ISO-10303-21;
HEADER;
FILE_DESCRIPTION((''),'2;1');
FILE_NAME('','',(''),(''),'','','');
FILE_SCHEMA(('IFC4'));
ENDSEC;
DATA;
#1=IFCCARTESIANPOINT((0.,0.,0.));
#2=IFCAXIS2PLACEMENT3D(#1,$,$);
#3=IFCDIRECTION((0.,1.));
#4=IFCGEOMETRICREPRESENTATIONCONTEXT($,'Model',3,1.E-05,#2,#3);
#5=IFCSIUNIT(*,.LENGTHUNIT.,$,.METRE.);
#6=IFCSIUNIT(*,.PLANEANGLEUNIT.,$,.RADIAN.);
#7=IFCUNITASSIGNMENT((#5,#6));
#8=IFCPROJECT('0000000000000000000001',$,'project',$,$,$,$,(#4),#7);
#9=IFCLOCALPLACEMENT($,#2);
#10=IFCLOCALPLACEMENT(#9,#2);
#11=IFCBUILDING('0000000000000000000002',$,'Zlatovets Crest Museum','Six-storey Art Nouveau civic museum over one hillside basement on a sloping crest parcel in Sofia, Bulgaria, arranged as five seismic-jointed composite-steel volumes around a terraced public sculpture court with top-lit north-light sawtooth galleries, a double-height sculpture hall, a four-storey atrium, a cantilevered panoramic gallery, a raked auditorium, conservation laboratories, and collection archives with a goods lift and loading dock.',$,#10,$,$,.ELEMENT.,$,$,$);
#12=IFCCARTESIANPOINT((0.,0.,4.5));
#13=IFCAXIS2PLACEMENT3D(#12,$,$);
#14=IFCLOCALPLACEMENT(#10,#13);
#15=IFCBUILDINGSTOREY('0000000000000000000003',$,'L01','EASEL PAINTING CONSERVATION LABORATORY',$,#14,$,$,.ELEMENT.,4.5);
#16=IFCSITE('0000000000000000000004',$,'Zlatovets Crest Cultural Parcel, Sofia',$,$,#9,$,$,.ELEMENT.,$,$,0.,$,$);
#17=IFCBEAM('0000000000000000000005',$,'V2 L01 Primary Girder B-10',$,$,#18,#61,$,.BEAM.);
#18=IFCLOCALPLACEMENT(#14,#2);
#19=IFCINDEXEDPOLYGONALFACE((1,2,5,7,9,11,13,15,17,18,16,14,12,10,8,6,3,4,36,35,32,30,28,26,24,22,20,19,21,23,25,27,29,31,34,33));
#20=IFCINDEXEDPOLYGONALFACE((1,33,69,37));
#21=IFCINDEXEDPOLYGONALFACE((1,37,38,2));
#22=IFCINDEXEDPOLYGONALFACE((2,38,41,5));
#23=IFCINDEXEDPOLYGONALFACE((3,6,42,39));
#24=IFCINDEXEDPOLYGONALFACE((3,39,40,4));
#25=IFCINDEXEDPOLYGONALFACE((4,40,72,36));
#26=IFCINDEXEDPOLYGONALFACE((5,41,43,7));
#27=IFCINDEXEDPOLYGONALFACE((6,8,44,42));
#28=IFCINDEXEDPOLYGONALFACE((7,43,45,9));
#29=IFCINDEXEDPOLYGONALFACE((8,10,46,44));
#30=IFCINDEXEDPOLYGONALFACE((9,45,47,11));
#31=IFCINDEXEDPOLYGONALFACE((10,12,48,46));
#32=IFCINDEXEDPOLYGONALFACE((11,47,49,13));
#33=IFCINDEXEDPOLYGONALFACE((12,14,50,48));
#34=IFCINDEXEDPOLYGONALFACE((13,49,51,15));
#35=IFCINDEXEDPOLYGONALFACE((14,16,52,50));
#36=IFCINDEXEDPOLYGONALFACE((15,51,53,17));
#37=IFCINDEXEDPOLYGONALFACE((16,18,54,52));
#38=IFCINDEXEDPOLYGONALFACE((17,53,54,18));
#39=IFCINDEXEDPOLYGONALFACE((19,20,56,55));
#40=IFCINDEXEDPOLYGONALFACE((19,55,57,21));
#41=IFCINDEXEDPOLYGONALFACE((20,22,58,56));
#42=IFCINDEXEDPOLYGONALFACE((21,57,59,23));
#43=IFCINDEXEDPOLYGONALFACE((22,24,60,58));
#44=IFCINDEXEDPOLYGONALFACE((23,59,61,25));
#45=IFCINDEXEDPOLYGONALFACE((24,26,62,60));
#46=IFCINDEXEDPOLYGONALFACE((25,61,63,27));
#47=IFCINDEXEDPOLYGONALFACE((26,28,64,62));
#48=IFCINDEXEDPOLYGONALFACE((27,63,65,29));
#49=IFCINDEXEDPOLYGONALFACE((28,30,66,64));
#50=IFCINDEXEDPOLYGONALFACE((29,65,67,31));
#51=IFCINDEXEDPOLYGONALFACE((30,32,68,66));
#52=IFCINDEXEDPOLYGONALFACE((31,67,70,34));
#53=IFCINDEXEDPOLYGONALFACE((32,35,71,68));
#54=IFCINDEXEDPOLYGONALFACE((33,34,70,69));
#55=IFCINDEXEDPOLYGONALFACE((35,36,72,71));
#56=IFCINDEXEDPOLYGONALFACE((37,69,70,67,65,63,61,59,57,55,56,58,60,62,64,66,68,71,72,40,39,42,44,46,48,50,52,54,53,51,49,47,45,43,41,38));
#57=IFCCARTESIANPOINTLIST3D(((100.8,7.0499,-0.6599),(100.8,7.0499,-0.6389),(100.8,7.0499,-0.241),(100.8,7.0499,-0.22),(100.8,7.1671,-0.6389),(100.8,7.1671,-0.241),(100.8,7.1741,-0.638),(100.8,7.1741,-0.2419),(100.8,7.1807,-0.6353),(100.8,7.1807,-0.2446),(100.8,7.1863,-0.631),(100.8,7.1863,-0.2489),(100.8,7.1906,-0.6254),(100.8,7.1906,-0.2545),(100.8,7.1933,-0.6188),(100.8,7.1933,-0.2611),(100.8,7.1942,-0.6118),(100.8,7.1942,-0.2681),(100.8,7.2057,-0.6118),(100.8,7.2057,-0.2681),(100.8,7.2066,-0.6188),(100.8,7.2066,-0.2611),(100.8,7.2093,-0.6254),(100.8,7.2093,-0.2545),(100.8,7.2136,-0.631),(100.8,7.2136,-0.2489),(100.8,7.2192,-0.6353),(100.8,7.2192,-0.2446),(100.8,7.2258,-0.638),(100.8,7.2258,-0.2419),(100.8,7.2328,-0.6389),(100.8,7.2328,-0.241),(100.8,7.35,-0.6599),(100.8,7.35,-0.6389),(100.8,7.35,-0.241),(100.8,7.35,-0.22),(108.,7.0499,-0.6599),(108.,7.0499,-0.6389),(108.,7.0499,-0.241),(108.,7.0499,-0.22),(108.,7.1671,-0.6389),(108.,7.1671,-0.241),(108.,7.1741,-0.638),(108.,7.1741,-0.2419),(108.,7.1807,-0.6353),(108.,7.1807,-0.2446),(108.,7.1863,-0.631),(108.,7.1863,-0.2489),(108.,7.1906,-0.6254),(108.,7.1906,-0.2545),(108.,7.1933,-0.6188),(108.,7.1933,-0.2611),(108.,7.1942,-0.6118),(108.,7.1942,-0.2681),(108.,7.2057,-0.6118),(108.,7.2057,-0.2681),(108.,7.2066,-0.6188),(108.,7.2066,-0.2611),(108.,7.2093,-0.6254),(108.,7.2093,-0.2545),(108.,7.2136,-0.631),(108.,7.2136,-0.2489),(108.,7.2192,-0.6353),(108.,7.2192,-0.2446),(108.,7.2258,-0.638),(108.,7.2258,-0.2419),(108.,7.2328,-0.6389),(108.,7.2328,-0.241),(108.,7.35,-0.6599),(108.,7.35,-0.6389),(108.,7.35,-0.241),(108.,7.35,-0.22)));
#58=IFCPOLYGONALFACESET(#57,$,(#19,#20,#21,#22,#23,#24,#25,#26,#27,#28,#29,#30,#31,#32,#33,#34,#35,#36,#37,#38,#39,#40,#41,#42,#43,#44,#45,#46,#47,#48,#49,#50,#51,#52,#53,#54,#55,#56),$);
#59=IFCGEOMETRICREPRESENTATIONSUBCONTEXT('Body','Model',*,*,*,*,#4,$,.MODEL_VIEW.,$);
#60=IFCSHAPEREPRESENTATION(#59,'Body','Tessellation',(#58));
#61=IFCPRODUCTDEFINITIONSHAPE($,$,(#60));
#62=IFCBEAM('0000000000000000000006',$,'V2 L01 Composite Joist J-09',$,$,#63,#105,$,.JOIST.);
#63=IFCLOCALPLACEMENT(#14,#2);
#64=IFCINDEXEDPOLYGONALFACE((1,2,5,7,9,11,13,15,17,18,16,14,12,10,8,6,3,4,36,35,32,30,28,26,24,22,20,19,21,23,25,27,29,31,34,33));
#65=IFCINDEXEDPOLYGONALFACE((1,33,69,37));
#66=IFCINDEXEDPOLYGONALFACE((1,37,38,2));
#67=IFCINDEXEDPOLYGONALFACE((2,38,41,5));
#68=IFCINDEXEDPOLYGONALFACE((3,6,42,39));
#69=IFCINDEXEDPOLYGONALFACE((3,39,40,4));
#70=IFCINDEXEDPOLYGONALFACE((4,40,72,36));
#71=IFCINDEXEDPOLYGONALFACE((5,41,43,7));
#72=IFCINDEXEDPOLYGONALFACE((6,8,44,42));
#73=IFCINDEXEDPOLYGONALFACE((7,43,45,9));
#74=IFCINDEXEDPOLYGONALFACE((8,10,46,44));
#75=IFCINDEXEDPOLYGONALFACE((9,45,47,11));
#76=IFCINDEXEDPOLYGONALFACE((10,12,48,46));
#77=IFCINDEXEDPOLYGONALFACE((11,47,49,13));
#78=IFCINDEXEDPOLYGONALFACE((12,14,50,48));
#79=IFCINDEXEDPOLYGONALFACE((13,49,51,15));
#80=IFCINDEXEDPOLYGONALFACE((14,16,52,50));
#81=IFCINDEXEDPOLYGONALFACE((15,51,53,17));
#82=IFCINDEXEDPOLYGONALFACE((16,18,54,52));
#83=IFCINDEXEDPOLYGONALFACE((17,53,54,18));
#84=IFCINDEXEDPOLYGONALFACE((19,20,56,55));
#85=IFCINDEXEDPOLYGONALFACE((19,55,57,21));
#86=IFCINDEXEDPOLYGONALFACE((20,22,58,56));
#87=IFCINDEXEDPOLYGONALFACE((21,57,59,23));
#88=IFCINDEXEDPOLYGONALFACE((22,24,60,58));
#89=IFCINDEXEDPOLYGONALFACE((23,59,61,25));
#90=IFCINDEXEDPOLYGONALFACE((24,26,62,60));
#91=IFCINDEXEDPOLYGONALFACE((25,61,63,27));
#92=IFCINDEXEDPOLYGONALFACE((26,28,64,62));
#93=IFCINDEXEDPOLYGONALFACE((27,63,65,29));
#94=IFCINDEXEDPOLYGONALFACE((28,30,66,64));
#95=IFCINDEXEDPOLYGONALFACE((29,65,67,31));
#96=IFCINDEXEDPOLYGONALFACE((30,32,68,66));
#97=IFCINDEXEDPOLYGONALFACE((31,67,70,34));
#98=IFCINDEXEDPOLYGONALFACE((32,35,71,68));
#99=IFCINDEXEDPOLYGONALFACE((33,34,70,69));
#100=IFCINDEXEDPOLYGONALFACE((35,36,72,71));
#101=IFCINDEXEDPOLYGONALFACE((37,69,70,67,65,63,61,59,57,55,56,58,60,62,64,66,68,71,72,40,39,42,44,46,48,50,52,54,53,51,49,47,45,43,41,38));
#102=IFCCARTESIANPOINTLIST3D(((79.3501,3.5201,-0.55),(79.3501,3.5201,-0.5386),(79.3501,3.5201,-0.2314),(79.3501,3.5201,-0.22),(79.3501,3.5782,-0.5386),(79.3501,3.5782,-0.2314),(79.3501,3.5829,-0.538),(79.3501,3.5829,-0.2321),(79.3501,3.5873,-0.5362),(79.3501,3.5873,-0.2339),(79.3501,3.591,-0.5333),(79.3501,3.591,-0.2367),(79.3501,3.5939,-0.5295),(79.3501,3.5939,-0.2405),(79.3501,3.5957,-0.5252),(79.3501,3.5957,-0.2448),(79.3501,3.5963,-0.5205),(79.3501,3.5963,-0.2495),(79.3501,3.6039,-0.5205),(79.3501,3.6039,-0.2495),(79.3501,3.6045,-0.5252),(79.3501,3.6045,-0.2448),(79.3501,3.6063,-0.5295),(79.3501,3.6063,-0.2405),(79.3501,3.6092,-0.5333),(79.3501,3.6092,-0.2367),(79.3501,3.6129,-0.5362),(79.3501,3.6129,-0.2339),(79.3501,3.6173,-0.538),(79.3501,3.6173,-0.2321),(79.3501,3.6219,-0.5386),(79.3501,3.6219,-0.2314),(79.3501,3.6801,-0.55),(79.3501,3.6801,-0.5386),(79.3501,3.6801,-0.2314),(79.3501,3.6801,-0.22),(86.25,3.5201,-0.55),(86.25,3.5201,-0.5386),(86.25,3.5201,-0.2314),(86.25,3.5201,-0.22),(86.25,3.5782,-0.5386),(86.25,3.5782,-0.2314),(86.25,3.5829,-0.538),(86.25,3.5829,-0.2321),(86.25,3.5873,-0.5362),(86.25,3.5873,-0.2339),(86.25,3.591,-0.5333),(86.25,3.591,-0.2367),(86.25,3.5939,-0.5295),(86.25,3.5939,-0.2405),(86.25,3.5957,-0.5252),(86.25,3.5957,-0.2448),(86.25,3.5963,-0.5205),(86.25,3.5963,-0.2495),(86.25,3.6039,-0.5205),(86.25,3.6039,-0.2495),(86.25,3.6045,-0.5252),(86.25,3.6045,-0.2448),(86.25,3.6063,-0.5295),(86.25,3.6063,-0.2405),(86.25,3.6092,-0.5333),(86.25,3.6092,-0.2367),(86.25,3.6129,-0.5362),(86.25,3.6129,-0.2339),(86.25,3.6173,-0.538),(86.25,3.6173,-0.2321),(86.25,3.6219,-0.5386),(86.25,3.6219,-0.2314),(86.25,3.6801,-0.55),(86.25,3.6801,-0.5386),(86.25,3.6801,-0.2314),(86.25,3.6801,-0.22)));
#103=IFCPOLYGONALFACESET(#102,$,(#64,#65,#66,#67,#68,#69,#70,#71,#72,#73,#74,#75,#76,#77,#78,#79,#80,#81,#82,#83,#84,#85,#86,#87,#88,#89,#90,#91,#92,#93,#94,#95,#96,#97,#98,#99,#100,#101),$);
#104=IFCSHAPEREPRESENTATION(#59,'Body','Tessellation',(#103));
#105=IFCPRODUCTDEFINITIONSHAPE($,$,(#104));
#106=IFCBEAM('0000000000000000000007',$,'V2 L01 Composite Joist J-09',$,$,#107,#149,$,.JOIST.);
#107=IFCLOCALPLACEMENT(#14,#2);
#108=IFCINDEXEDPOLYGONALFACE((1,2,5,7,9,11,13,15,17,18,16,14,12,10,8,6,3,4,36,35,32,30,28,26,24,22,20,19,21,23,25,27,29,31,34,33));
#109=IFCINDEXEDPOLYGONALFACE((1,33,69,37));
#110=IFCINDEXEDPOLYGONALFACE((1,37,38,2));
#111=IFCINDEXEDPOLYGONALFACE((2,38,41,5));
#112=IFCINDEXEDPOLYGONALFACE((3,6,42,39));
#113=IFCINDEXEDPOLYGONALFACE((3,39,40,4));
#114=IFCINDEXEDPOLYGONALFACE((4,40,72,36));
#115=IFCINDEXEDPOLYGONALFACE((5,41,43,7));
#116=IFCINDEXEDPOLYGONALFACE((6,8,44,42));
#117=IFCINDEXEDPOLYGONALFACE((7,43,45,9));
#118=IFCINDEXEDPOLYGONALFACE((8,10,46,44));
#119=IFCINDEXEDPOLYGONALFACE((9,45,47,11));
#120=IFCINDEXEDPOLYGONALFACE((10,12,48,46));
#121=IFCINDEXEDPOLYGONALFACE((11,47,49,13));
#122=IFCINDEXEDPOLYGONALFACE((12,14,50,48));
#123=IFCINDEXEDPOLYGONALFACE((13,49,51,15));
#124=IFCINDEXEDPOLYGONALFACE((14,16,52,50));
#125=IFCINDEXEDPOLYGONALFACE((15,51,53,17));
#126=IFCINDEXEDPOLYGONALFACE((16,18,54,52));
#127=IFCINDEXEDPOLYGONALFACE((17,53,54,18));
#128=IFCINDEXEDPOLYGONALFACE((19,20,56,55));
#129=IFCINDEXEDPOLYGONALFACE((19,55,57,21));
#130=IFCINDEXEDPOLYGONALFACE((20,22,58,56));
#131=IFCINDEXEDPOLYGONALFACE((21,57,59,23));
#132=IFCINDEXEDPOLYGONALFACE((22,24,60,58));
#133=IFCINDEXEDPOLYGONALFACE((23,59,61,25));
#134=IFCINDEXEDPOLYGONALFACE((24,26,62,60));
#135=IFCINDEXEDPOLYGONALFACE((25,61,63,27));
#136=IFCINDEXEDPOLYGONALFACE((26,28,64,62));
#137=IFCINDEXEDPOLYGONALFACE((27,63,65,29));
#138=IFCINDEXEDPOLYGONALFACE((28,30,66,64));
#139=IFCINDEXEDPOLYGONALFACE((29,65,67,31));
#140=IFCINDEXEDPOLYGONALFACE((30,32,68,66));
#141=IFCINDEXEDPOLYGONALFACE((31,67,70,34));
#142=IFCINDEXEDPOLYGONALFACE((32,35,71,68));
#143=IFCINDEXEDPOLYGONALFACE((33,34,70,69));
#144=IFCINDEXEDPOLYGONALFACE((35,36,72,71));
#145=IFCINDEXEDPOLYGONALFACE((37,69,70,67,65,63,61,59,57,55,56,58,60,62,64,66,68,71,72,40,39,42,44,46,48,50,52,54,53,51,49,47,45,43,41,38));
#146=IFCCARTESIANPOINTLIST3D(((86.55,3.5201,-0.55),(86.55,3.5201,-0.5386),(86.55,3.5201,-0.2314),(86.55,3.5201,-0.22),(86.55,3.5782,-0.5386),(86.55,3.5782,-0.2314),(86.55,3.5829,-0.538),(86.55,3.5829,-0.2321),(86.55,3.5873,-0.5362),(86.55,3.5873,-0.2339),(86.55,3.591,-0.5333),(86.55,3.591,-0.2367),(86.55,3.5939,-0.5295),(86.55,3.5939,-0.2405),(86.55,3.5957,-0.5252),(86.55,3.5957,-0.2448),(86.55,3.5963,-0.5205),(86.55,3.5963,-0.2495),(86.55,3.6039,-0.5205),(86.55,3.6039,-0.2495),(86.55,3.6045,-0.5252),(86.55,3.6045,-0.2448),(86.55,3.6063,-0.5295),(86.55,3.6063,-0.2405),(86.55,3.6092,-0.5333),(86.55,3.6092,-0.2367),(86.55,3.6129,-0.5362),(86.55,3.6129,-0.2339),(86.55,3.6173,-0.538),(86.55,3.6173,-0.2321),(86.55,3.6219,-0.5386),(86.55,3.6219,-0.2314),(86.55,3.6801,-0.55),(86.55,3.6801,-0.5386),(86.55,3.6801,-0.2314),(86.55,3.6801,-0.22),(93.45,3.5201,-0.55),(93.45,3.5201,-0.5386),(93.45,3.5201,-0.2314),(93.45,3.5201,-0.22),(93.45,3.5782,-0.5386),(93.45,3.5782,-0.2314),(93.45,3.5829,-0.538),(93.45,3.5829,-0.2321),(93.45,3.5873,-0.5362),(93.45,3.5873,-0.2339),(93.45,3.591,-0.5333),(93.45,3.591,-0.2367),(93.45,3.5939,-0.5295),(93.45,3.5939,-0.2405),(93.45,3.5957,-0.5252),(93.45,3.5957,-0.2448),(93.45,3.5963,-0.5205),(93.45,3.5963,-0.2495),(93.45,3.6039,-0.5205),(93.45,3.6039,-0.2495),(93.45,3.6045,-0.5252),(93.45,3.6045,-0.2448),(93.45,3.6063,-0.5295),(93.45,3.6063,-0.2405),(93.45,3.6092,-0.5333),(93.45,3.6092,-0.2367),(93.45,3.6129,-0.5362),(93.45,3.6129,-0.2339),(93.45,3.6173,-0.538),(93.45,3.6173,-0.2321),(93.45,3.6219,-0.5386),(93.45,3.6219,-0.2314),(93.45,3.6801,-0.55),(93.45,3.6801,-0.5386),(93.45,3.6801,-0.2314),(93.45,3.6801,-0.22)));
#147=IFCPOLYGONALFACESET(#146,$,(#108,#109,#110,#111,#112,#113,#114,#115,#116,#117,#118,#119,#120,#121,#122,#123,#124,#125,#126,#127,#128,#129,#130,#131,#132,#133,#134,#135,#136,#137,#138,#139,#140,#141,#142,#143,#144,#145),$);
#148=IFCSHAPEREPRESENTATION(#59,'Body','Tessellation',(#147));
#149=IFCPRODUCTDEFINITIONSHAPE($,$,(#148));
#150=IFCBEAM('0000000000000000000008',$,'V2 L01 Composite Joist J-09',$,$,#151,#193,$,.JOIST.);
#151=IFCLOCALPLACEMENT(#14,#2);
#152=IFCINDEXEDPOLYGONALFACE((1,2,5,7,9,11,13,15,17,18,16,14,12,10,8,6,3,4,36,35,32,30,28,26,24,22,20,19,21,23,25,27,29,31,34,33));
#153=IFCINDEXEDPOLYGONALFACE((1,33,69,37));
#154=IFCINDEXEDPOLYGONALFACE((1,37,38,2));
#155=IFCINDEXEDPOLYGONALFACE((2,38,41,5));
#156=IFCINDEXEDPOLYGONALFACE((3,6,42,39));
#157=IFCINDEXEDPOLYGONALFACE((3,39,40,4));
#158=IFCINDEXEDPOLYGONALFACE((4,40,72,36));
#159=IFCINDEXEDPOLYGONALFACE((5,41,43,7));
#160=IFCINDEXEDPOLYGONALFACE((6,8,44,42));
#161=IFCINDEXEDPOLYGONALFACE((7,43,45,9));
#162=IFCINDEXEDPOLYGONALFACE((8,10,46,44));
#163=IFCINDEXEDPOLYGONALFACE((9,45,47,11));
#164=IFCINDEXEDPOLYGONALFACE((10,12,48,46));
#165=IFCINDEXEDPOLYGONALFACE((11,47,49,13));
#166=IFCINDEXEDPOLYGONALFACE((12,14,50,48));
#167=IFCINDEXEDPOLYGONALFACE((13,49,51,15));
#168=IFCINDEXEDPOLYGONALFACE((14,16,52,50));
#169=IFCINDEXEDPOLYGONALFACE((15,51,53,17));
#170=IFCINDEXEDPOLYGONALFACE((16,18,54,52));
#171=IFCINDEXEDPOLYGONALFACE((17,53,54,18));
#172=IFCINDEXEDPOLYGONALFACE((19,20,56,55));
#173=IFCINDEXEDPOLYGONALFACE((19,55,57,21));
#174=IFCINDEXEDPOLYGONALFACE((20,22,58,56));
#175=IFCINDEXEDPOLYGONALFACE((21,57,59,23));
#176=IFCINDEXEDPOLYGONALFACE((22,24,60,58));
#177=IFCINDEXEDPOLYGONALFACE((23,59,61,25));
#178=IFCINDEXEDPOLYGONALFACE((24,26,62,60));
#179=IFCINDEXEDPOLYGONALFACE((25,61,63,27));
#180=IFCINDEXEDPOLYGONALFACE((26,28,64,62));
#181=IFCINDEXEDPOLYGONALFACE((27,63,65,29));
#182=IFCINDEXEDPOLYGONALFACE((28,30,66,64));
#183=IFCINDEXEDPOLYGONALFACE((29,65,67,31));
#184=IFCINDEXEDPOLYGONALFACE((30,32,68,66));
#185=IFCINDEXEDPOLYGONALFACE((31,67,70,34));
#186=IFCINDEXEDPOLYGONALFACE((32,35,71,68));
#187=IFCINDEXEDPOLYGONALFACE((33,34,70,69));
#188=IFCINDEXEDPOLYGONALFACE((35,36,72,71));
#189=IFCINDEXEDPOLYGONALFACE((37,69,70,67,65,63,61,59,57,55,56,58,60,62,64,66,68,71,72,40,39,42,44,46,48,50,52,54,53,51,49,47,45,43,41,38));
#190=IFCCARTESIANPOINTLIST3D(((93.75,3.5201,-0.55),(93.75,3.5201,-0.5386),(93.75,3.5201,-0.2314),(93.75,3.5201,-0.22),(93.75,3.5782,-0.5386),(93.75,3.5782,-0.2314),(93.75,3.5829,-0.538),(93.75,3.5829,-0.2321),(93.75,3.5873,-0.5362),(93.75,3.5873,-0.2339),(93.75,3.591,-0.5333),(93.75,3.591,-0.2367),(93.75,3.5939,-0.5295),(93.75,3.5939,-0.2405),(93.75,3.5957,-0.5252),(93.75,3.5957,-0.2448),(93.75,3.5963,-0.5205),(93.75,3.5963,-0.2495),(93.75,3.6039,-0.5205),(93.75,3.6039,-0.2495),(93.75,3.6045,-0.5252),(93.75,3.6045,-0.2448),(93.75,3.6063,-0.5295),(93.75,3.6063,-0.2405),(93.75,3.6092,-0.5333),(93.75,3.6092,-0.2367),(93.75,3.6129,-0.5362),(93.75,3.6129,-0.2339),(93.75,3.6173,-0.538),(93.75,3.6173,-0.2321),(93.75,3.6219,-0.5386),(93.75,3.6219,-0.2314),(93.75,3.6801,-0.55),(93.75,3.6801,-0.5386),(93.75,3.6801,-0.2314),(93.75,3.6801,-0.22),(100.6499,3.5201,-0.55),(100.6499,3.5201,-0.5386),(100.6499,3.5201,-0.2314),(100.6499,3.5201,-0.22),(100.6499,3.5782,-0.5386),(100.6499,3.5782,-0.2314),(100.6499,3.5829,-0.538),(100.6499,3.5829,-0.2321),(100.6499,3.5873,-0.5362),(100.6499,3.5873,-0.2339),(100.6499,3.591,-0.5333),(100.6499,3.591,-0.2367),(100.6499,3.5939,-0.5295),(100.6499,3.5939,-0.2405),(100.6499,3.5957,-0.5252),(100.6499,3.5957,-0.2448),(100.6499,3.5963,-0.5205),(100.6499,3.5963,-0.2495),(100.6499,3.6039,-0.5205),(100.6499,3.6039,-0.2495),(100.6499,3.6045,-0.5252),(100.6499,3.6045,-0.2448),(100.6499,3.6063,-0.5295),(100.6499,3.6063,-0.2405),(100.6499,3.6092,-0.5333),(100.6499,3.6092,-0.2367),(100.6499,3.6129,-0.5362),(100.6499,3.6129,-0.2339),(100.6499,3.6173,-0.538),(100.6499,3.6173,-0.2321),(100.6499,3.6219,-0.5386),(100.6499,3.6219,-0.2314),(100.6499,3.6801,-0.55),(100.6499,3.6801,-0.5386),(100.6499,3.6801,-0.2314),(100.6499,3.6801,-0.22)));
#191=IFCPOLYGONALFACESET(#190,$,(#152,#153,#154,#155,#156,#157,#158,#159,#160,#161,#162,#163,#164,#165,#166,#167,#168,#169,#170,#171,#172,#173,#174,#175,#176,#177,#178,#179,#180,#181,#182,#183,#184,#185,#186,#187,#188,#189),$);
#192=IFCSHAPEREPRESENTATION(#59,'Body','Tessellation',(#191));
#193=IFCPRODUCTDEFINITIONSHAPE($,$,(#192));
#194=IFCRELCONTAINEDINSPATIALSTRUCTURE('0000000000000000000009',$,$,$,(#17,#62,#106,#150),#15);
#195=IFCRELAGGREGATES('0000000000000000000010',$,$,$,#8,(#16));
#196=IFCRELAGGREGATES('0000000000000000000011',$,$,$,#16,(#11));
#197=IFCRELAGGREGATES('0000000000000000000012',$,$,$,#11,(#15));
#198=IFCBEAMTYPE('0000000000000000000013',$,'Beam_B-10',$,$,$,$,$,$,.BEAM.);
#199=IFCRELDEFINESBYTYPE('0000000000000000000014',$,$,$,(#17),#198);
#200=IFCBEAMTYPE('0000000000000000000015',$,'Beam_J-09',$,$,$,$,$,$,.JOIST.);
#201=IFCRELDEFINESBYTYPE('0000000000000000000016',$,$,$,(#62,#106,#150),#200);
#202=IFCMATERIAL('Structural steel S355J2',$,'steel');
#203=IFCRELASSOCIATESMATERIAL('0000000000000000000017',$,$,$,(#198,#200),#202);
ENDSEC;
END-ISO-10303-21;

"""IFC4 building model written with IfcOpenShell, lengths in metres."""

from ifc_helpers import new_model, si_unit, direction, frame, origin, origin_2d, place, context, subcontext, project, spatial, i_section, extrude, material, material_profile, profile_set, type_object, element, save


model = new_model("IFC4")

# Units and contexts
model_context = context("Model", 3, precision=1e-05, world=origin(), true_north=direction((0.0, 1.0)))
body_context = subcontext(model_context, "Body", "Model", "MODEL_VIEW")
ifc_project = project(units=[si_unit("LENGTHUNIT", "METRE"), si_unit("PLANEANGLEUNIT", "RADIAN")], contexts=[model_context])

# Site, building, storey
site_placement = place(None, origin())
site = spatial("IfcSite", under=ifc_project, at=site_placement, Name="Zlatovets Crest Cultural Parcel, Sofia", CompositionType="ELEMENT", RefElevation=0.0)
building_placement = place(site_placement, origin())
building = spatial("IfcBuilding", under=site, at=building_placement, Name="Zlatovets Crest Museum", Description="Six-storey Art Nouveau civic museum over one hillside basement on a sloping crest parcel in Sofia, Bulgaria, arranged as five seismic-jointed composite-steel volumes around a terraced public sculpture court with top-lit north-light sawtooth galleries, a double-height sculpture hall, a four-storey atrium, a cantilevered panoramic gallery, a raked auditorium, conservation laboratories, and collection archives with a goods lift and loading dock.", CompositionType="ELEMENT")
storey_placement = place(building_placement, frame((0.0, 0.0, 4.5)))
storey = spatial("IfcBuildingStorey", under=building, at=storey_placement, Name="L01", Description="EASEL PAINTING CONSERVATION LABORATORY", CompositionType="ELEMENT", Elevation=4.5)

# Shared definitions
ifc_material_1 = material(Name="Structural steel S355J2", Category="steel")

# Beams
ifc_material_profile_1 = material_profile(ifc_material_1, i_section(OverallWidth=0.3, OverallDepth=0.4399, WebThickness=0.0115, FlangeThickness=0.021, FilletRadius=0.0271, at=origin_2d()), Name="HEA 450")
ifc_profile_set_1 = profile_set([ifc_material_profile_1], Name="Structural steel S355J2")
beam_type_1 = type_object("IfcBeamType", Name="Beam_B-10", PredefinedType="BEAM", material=ifc_profile_set_1)
for number, where, z_axis, x_axis, name in (
    (1, (100.8, 7.2, -0.4399), (1.0, 0.0, 0.0), (0.0, 1.0, 0.0), "V2 L01 Primary Girder B-10"),
):
    element("IfcBeam", number, at=place(storey_placement, frame(where, z_axis=z_axis, x_axis=x_axis)), inside=storey, type_object=beam_type_1, Name=name, PredefinedType="BEAM", context=body_context, shape_type="SweptSolid", body=[
        extrude(i_section(OverallWidth=0.3, OverallDepth=0.4399, WebThickness=0.0115, FlangeThickness=0.021, FilletRadius=0.0271, at=origin_2d()), origin(), (0.0, 0.0, 1.0), 7.2),
    ])
ifc_material_profile_2 = material_profile(ifc_material_1, i_section(OverallWidth=0.1599, OverallDepth=0.3301, WebThickness=0.0076, FlangeThickness=0.0115, FilletRadius=0.0181, at=origin_2d()), Name="IPE 330")
ifc_profile_set_2 = profile_set([ifc_material_profile_2], Name="Structural steel S355J2")
beam_type_2 = type_object("IfcBeamType", Name="Beam_J-09", PredefinedType="JOIST", material=ifc_profile_set_2)
for number, where, z_axis, x_axis, name in (
    (2, (79.3501, 3.6001, -0.385), (1.0, 0.0, 0.0), (0.0, 1.0, 0.0), "V2 L01 Composite Joist J-09"),
    (3, (86.55, 3.6001, -0.385), (1.0, 0.0, 0.0), (0.0, 1.0, 0.0), "V2 L01 Composite Joist J-09"),
    (4, (93.75, 3.6001, -0.385), (1.0, 0.0, 0.0), (0.0, 1.0, 0.0), "V2 L01 Composite Joist J-09"),
):
    element("IfcBeam", number, at=place(storey_placement, frame(where, z_axis=z_axis, x_axis=x_axis)), inside=storey, type_object=beam_type_2, Name=name, PredefinedType="JOIST", context=body_context, shape_type="SweptSolid", body=[
        extrude(i_section(OverallWidth=0.1599, OverallDepth=0.3301, WebThickness=0.0076, FlangeThickness=0.0115, FilletRadius=0.0181, at=origin_2d()), origin(), (0.0, 0.0, 1.0), 6.8999),
    ])

save(model, "model.ifc")
